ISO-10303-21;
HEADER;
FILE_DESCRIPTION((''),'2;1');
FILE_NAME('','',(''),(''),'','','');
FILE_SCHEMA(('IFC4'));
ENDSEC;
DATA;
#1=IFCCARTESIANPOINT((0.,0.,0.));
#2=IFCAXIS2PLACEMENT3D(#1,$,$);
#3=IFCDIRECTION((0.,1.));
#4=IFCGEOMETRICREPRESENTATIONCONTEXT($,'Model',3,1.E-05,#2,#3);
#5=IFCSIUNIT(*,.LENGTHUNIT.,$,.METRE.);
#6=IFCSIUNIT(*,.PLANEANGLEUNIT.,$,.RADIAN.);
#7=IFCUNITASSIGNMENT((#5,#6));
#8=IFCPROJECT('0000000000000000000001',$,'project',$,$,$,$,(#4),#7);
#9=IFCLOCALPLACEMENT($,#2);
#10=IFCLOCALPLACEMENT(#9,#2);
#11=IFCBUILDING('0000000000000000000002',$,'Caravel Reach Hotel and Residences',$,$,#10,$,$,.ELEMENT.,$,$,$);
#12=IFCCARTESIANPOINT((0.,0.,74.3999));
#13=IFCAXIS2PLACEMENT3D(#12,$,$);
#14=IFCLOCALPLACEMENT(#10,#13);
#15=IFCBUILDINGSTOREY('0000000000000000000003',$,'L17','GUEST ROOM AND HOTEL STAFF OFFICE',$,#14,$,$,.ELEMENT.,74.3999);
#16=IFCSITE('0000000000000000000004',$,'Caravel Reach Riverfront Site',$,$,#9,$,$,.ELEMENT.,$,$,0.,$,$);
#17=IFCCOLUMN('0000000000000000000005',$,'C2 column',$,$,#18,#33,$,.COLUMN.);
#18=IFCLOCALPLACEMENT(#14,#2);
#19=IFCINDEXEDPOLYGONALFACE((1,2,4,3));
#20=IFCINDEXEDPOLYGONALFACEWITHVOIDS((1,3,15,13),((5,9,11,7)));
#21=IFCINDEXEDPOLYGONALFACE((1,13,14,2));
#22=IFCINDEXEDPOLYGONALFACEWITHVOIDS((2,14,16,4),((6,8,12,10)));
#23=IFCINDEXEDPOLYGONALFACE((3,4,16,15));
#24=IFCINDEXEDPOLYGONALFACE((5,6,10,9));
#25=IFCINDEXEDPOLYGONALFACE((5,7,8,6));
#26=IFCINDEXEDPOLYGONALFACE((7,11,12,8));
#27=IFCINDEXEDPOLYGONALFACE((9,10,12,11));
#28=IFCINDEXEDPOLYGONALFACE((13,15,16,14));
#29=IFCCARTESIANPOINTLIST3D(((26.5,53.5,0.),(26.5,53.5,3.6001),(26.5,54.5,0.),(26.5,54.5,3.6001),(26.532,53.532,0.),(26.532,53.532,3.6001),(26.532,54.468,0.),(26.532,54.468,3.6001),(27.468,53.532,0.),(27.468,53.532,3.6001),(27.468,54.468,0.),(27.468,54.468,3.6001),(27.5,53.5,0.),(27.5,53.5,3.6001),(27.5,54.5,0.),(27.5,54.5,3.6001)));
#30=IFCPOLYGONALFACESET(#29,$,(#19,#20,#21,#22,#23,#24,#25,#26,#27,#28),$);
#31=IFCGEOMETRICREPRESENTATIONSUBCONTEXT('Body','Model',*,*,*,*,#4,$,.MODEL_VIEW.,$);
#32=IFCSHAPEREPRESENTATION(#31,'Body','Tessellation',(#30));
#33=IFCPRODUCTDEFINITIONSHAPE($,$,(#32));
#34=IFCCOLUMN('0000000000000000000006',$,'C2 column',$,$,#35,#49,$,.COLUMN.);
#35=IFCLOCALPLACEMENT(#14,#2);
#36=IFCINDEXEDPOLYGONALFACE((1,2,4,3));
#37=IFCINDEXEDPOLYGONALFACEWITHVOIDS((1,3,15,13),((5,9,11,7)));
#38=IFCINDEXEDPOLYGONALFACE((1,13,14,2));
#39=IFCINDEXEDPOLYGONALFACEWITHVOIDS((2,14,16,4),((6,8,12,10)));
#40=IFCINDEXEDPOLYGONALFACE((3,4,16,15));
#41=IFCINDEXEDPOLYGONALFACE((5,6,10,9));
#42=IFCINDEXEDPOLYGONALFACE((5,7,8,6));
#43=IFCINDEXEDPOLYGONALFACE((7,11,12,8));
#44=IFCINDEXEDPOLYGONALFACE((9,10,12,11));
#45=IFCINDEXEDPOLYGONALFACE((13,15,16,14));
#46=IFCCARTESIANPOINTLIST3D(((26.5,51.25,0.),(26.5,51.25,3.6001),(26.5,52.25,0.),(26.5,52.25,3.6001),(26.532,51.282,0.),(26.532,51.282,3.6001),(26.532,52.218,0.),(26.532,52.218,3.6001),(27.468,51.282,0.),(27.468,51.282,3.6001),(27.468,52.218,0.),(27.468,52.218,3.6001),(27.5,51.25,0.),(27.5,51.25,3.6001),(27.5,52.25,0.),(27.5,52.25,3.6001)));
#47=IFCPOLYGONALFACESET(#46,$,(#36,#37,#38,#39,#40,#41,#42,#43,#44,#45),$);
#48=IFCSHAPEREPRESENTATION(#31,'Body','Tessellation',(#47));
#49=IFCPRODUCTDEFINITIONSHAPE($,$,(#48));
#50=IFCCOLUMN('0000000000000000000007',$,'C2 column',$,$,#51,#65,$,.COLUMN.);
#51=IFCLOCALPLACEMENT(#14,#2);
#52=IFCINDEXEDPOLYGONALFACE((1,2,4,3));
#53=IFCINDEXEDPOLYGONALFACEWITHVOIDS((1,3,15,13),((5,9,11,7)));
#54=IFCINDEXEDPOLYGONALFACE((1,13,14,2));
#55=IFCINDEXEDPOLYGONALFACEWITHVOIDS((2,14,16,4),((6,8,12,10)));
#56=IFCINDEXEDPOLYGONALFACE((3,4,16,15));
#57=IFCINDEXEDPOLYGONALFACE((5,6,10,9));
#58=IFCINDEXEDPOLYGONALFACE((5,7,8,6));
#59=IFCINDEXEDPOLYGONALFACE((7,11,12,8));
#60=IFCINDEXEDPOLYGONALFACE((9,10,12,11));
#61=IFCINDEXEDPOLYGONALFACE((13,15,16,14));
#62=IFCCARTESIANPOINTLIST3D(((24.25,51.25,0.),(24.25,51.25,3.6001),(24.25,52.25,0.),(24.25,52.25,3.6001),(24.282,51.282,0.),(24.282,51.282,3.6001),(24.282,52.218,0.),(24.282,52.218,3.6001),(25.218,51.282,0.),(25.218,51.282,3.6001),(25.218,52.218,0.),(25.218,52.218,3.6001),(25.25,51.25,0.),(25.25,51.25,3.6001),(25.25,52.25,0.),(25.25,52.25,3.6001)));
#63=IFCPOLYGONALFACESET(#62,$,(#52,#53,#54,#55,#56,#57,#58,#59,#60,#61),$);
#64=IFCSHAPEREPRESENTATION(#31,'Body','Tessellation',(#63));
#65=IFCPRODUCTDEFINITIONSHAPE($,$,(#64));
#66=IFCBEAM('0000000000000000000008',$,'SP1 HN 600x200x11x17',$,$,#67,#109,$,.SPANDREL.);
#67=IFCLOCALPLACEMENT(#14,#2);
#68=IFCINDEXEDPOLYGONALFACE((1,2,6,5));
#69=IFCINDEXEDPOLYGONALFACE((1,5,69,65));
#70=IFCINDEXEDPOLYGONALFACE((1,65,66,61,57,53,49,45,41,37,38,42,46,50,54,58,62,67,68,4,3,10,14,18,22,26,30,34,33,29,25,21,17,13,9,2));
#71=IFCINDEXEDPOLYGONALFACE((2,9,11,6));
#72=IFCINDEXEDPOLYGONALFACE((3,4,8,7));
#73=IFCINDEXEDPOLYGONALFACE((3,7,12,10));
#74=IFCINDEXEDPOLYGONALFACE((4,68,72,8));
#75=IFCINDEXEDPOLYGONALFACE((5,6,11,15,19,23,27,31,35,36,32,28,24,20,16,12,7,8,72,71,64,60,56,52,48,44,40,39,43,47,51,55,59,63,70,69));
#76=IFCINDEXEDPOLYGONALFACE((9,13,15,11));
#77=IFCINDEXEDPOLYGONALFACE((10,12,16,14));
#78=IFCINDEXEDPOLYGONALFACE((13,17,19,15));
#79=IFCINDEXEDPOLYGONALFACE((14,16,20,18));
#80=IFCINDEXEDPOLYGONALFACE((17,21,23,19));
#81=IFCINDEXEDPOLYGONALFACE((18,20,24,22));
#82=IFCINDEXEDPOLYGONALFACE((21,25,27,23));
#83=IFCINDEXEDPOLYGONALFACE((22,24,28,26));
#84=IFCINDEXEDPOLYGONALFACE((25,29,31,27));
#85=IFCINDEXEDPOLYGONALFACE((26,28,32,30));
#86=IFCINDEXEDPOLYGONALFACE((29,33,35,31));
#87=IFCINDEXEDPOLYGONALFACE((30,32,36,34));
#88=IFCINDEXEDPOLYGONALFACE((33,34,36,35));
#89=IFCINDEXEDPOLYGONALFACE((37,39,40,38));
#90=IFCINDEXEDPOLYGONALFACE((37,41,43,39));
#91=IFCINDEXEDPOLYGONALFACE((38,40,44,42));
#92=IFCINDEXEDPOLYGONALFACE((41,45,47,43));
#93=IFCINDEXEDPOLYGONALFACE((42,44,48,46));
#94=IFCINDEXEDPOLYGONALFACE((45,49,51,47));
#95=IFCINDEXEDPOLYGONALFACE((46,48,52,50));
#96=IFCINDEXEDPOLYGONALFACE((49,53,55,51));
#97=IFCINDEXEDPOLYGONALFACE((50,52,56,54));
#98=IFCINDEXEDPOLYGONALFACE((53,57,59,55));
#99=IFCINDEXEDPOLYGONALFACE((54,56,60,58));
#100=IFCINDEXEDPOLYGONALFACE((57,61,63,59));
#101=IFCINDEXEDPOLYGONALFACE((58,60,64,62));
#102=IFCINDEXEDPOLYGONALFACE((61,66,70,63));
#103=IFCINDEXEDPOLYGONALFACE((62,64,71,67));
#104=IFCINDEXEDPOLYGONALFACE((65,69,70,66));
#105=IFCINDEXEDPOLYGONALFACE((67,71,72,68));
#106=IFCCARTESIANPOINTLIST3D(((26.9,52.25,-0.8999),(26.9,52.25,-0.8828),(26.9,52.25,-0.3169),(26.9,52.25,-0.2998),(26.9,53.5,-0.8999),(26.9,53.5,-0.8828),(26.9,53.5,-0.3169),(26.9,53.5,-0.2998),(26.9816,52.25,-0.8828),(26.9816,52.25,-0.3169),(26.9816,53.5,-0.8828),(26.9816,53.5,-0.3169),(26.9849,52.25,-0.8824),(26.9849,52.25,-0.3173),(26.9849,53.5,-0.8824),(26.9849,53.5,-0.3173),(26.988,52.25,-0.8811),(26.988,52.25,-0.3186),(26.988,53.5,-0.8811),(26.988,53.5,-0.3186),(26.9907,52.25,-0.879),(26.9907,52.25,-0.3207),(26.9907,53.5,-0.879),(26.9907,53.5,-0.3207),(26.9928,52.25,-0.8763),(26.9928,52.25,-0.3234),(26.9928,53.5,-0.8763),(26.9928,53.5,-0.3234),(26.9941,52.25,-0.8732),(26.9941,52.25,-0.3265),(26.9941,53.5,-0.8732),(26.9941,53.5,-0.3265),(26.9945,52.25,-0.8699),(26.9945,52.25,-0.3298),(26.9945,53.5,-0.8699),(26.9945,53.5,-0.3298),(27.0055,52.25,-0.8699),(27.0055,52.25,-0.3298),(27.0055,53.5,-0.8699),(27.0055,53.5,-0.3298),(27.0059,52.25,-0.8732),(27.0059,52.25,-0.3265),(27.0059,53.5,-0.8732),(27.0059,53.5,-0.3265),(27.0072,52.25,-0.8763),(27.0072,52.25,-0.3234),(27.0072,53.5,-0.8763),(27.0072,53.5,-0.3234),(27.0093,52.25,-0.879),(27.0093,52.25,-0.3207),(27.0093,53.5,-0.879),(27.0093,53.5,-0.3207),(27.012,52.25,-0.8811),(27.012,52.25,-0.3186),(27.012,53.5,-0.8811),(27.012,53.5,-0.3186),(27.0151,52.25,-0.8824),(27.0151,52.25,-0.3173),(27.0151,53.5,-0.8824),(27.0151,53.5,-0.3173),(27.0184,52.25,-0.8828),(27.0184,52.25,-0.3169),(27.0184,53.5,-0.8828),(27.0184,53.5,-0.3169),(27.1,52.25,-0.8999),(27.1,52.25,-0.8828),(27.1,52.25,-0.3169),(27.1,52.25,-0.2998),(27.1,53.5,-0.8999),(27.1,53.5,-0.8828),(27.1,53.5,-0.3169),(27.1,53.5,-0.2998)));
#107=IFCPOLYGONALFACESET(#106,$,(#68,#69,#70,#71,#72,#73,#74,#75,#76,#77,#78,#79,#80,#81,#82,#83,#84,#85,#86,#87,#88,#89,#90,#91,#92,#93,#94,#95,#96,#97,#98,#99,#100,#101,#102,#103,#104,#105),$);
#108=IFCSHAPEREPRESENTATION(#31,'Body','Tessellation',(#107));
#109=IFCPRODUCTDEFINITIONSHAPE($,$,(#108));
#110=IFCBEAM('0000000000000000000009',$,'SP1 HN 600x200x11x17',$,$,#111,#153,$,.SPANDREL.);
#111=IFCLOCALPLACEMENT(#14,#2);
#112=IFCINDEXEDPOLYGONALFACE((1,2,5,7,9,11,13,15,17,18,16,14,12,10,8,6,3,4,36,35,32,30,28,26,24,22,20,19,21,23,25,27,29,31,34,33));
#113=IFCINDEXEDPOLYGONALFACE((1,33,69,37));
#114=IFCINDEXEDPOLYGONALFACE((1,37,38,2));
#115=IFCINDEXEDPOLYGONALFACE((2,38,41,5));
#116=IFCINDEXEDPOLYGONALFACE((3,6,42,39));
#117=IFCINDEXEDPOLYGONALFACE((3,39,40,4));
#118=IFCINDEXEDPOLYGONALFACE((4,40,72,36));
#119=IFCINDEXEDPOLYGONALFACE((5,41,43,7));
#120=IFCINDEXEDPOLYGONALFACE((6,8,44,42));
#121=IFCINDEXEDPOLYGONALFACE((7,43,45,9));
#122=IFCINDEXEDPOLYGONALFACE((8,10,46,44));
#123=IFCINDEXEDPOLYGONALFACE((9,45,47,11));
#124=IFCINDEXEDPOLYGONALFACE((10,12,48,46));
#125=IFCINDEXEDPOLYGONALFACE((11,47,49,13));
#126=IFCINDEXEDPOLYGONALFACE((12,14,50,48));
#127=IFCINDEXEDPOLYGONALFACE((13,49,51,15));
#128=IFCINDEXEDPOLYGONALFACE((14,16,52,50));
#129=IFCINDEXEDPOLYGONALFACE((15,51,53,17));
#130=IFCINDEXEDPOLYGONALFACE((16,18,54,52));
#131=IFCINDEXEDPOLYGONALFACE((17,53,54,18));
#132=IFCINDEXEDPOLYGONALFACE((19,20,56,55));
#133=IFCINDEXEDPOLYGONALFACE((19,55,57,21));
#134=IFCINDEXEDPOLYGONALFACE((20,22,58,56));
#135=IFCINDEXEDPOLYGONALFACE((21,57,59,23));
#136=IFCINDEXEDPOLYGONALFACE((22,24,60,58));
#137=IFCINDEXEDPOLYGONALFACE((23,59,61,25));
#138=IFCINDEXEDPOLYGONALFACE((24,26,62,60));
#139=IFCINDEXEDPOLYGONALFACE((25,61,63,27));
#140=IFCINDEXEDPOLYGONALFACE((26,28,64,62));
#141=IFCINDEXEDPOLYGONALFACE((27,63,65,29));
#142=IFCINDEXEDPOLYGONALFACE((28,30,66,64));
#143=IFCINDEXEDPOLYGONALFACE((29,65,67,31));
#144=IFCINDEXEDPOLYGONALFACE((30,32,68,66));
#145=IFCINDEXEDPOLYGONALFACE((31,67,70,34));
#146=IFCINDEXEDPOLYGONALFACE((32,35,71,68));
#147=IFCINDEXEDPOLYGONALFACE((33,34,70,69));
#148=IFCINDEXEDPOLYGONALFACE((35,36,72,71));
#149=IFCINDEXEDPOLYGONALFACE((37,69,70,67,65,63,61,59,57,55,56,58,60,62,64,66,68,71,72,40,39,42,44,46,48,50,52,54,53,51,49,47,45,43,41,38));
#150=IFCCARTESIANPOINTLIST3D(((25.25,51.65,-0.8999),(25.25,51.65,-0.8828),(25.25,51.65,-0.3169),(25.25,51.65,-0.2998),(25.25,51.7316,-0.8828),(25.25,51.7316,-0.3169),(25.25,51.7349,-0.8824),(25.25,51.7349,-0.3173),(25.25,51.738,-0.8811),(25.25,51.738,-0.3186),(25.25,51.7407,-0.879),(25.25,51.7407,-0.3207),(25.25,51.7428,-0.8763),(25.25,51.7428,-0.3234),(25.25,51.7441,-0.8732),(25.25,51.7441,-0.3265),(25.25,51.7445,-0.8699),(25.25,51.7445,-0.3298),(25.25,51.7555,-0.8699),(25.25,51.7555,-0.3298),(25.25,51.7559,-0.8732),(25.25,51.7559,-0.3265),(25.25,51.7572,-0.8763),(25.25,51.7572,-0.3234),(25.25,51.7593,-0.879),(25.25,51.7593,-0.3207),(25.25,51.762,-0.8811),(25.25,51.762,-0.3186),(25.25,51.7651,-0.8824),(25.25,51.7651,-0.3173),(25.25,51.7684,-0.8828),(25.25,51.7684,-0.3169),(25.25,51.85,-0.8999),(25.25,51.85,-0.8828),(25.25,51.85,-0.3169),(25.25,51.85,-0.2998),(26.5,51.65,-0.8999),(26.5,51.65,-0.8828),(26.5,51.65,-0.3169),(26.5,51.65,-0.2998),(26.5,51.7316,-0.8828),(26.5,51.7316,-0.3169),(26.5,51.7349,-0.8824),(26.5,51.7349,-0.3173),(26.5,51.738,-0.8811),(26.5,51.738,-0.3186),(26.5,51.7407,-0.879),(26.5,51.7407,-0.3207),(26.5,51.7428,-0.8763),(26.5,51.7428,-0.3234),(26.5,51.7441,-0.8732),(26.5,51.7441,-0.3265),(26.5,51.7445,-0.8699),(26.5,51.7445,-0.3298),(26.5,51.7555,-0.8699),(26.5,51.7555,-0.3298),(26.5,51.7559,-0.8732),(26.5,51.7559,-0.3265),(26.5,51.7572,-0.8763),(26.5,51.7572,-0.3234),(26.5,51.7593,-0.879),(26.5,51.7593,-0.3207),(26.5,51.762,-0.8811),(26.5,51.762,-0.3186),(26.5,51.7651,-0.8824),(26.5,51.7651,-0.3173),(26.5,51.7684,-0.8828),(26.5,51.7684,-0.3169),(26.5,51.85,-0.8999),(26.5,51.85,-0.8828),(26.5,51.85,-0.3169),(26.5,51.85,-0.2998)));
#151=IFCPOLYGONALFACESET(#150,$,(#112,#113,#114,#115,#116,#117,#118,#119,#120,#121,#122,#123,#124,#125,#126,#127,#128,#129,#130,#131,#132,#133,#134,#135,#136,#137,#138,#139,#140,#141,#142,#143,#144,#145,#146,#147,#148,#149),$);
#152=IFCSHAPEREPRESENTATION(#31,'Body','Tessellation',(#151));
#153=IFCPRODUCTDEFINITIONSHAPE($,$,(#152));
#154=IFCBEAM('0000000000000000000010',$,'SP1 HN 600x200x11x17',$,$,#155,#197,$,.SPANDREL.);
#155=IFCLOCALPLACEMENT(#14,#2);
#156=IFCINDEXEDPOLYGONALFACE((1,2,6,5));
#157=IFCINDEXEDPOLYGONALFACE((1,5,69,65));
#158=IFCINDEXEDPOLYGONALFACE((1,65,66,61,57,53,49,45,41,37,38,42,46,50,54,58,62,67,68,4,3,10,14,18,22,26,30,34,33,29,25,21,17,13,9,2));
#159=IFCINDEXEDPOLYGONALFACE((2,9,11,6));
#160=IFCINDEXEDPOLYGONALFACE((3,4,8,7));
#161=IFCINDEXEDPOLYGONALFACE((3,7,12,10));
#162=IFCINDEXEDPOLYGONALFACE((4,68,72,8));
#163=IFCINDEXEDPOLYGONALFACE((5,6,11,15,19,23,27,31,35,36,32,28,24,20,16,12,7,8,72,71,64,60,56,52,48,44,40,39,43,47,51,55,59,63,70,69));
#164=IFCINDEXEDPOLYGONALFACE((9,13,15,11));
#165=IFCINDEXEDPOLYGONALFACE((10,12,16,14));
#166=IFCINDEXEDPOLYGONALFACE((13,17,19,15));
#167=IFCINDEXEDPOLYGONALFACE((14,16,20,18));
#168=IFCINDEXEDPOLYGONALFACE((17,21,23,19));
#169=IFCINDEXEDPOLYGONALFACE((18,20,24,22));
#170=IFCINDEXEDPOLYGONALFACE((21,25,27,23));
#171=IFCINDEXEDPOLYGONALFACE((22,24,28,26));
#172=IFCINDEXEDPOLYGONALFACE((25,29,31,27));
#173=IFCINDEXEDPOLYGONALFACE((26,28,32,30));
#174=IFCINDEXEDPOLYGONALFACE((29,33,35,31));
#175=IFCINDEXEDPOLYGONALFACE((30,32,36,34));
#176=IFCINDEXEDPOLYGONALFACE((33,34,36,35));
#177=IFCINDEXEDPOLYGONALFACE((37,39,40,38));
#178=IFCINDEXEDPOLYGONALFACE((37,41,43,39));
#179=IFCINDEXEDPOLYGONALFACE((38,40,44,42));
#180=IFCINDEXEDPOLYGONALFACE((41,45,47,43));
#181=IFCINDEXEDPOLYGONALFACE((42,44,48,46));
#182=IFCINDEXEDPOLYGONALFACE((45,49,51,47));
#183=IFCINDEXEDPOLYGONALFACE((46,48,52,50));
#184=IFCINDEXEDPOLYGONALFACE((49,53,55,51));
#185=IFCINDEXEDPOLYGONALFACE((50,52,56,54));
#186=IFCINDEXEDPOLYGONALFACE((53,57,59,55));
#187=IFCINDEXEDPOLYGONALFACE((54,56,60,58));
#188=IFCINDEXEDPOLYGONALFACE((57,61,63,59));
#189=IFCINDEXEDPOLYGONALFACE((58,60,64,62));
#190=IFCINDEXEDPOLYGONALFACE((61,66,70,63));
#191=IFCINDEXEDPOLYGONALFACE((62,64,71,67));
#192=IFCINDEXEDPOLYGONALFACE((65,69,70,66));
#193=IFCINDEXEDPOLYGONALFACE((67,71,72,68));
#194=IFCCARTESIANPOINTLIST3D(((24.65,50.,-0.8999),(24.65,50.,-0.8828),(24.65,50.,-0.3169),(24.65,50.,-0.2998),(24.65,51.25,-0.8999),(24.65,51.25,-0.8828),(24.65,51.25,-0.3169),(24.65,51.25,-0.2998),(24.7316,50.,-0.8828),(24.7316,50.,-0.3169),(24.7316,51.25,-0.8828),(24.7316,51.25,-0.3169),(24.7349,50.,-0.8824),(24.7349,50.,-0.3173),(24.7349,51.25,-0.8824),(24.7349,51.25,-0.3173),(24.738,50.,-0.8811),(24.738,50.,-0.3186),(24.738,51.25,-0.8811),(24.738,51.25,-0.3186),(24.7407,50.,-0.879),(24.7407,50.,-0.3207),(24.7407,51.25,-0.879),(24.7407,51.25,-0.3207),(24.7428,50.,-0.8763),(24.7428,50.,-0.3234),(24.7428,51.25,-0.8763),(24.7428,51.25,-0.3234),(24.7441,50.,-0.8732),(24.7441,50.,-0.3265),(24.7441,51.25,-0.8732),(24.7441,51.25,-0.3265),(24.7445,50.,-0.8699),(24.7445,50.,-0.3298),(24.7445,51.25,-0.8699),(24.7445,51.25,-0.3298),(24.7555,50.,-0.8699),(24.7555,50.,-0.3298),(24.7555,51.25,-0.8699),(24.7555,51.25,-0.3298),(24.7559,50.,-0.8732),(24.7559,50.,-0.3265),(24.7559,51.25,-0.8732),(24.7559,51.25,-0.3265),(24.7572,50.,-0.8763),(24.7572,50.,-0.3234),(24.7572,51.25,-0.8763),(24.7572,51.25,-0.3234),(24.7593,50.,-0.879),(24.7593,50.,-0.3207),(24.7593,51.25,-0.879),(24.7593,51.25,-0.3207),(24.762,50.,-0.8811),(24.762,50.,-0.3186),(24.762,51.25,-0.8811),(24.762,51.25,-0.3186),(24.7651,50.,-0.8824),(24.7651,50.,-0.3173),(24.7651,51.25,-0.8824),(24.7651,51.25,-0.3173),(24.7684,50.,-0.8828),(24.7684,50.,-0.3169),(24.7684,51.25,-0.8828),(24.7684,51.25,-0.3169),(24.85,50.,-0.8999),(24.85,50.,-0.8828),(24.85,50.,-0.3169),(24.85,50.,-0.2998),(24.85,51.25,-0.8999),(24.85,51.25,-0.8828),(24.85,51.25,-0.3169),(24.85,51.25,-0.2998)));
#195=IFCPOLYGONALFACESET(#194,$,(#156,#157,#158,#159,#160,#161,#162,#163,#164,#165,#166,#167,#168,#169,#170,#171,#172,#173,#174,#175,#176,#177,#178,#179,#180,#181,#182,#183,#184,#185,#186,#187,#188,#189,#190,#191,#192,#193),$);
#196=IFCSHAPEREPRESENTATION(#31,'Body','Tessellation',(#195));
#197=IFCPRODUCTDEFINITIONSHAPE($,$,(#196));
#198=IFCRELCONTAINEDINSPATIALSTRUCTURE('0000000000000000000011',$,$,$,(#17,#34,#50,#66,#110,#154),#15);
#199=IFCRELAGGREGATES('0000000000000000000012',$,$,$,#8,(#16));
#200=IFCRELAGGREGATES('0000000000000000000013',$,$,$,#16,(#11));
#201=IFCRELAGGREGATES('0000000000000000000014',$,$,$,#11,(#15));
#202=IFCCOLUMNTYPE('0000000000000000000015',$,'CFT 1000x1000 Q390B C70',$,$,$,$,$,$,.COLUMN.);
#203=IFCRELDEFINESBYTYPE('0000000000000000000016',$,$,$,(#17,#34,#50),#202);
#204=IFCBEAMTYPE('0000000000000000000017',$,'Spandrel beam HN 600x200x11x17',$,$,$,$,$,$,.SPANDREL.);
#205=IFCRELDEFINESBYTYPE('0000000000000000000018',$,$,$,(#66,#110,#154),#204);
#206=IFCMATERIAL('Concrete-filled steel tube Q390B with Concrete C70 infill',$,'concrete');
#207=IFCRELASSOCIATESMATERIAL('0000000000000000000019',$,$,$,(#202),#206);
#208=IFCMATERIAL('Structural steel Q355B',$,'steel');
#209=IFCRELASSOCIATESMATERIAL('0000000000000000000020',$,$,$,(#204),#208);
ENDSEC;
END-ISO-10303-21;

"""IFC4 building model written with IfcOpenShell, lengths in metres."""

from ifc_helpers import new_model, si_unit, direction, frame, origin, origin_2d, place, context, subcontext, project, spatial, hollow_rectangle, i_section, extrude, material, material_profile, profile_set, type_object, element, save


model = new_model("IFC4")

# Units and contexts
model_context = context("Model", 3, precision=1e-05, world=origin(), true_north=direction((0.0, 1.0)))
body_context = subcontext(model_context, "Body", "Model", "MODEL_VIEW")
ifc_project = project(units=[si_unit("LENGTHUNIT", "METRE"), si_unit("PLANEANGLEUNIT", "RADIAN")], contexts=[model_context])

# Site, building, storey
site_placement = place(None, origin())
site = spatial("IfcSite", under=ifc_project, at=site_placement, Name="Caravel Reach Riverfront Site", CompositionType="ELEMENT", RefElevation=0.0)
building_placement = place(site_placement, origin())
building = spatial("IfcBuilding", under=site, at=building_placement, Name="Caravel Reach Hotel and Residences", CompositionType="ELEMENT")
storey_placement = place(building_placement, frame((0.0, 0.0, 74.3999)))
storey = spatial("IfcBuildingStorey", under=building, at=storey_placement, Name="L17", Description="GUEST ROOM AND HOTEL STAFF OFFICE", CompositionType="ELEMENT", Elevation=74.3999)

# Columns
ifc_material_1 = material(Name="Concrete-filled steel tube Q390B with Concrete C70 infill", Category="concrete")
ifc_material_profile_1 = material_profile(ifc_material_1, hollow_rectangle(XDim=1.0, YDim=1.0, WallThickness=0.032, at=origin_2d()), Name="RHS 1000x1000x32")
ifc_profile_set_1 = profile_set([ifc_material_profile_1], Name="Concrete-filled steel tube Q390B with Concrete C70 infill")
column_type = type_object("IfcColumnType", Name="CFT 1000x1000 Q390B C70", PredefinedType="COLUMN", material=ifc_profile_set_1)
for number, where, z_axis, x_axis, name in (
    (1, (27.0, 54.0, 0.0), (0.0, 0.0, 1.0), (1.0, 0.0, 0.0), "C2 column"),
    (2, (27.0, 51.75, 0.0), (0.0, 0.0, 1.0), (1.0, 0.0, 0.0), "C2 column"),
    (3, (24.75, 51.75, 0.0), (0.0, 0.0, 1.0), (1.0, 0.0, 0.0), "C2 column"),
):
    element("IfcColumn", number, at=place(storey_placement, frame(where, z_axis=z_axis, x_axis=x_axis)), inside=storey, type_object=column_type, Name=name, PredefinedType="COLUMN", context=body_context, shape_type="SweptSolid", body=[
        extrude(hollow_rectangle(XDim=1.0, YDim=1.0, WallThickness=0.032, at=origin_2d()), origin(), (0.0, 0.0, 1.0), 3.6001),
    ])

# Beams
ifc_material_2 = material(Name="Structural steel Q355B", Category="steel")
ifc_material_profile_2 = material_profile(ifc_material_2, i_section(OverallWidth=0.2, OverallDepth=0.6001, WebThickness=0.011, FlangeThickness=0.0171, FilletRadius=0.0129, at=origin_2d()), Name="HN 600x200x11x17")
ifc_profile_set_2 = profile_set([ifc_material_profile_2], Name="Structural steel Q355B")
beam_type = type_object("IfcBeamType", Name="Spandrel beam HN 600x200x11x17", PredefinedType="SPANDREL", material=ifc_profile_set_2)
for number, where, z_axis, x_axis, name in (
    (4, (27.0, 53.5, -0.5999), (0.0, -1.0, 0.0), (1.0, 0.0, 0.0), "SP1 HN 600x200x11x17"),
    (5, (26.5, 51.75, -0.5999), (-1.0, 0.0, 0.0), (0.0, -1.0, 0.0), "SP1 HN 600x200x11x17"),
    (6, (24.75, 51.25, -0.5999), (0.0, -1.0, 0.0), (1.0, 0.0, 0.0), "SP1 HN 600x200x11x17"),
):
    element("IfcBeam", number, at=place(storey_placement, frame(where, z_axis=z_axis, x_axis=x_axis)), inside=storey, type_object=beam_type, Name=name, PredefinedType="SPANDREL", context=body_context, shape_type="SweptSolid", body=[
        extrude(i_section(OverallWidth=0.2, OverallDepth=0.6001, WebThickness=0.011, FlangeThickness=0.0171, FilletRadius=0.0129, at=origin_2d()), origin(), (0.0, 0.0, 1.0), 1.25),
    ])

save(model, "model.ifc")
